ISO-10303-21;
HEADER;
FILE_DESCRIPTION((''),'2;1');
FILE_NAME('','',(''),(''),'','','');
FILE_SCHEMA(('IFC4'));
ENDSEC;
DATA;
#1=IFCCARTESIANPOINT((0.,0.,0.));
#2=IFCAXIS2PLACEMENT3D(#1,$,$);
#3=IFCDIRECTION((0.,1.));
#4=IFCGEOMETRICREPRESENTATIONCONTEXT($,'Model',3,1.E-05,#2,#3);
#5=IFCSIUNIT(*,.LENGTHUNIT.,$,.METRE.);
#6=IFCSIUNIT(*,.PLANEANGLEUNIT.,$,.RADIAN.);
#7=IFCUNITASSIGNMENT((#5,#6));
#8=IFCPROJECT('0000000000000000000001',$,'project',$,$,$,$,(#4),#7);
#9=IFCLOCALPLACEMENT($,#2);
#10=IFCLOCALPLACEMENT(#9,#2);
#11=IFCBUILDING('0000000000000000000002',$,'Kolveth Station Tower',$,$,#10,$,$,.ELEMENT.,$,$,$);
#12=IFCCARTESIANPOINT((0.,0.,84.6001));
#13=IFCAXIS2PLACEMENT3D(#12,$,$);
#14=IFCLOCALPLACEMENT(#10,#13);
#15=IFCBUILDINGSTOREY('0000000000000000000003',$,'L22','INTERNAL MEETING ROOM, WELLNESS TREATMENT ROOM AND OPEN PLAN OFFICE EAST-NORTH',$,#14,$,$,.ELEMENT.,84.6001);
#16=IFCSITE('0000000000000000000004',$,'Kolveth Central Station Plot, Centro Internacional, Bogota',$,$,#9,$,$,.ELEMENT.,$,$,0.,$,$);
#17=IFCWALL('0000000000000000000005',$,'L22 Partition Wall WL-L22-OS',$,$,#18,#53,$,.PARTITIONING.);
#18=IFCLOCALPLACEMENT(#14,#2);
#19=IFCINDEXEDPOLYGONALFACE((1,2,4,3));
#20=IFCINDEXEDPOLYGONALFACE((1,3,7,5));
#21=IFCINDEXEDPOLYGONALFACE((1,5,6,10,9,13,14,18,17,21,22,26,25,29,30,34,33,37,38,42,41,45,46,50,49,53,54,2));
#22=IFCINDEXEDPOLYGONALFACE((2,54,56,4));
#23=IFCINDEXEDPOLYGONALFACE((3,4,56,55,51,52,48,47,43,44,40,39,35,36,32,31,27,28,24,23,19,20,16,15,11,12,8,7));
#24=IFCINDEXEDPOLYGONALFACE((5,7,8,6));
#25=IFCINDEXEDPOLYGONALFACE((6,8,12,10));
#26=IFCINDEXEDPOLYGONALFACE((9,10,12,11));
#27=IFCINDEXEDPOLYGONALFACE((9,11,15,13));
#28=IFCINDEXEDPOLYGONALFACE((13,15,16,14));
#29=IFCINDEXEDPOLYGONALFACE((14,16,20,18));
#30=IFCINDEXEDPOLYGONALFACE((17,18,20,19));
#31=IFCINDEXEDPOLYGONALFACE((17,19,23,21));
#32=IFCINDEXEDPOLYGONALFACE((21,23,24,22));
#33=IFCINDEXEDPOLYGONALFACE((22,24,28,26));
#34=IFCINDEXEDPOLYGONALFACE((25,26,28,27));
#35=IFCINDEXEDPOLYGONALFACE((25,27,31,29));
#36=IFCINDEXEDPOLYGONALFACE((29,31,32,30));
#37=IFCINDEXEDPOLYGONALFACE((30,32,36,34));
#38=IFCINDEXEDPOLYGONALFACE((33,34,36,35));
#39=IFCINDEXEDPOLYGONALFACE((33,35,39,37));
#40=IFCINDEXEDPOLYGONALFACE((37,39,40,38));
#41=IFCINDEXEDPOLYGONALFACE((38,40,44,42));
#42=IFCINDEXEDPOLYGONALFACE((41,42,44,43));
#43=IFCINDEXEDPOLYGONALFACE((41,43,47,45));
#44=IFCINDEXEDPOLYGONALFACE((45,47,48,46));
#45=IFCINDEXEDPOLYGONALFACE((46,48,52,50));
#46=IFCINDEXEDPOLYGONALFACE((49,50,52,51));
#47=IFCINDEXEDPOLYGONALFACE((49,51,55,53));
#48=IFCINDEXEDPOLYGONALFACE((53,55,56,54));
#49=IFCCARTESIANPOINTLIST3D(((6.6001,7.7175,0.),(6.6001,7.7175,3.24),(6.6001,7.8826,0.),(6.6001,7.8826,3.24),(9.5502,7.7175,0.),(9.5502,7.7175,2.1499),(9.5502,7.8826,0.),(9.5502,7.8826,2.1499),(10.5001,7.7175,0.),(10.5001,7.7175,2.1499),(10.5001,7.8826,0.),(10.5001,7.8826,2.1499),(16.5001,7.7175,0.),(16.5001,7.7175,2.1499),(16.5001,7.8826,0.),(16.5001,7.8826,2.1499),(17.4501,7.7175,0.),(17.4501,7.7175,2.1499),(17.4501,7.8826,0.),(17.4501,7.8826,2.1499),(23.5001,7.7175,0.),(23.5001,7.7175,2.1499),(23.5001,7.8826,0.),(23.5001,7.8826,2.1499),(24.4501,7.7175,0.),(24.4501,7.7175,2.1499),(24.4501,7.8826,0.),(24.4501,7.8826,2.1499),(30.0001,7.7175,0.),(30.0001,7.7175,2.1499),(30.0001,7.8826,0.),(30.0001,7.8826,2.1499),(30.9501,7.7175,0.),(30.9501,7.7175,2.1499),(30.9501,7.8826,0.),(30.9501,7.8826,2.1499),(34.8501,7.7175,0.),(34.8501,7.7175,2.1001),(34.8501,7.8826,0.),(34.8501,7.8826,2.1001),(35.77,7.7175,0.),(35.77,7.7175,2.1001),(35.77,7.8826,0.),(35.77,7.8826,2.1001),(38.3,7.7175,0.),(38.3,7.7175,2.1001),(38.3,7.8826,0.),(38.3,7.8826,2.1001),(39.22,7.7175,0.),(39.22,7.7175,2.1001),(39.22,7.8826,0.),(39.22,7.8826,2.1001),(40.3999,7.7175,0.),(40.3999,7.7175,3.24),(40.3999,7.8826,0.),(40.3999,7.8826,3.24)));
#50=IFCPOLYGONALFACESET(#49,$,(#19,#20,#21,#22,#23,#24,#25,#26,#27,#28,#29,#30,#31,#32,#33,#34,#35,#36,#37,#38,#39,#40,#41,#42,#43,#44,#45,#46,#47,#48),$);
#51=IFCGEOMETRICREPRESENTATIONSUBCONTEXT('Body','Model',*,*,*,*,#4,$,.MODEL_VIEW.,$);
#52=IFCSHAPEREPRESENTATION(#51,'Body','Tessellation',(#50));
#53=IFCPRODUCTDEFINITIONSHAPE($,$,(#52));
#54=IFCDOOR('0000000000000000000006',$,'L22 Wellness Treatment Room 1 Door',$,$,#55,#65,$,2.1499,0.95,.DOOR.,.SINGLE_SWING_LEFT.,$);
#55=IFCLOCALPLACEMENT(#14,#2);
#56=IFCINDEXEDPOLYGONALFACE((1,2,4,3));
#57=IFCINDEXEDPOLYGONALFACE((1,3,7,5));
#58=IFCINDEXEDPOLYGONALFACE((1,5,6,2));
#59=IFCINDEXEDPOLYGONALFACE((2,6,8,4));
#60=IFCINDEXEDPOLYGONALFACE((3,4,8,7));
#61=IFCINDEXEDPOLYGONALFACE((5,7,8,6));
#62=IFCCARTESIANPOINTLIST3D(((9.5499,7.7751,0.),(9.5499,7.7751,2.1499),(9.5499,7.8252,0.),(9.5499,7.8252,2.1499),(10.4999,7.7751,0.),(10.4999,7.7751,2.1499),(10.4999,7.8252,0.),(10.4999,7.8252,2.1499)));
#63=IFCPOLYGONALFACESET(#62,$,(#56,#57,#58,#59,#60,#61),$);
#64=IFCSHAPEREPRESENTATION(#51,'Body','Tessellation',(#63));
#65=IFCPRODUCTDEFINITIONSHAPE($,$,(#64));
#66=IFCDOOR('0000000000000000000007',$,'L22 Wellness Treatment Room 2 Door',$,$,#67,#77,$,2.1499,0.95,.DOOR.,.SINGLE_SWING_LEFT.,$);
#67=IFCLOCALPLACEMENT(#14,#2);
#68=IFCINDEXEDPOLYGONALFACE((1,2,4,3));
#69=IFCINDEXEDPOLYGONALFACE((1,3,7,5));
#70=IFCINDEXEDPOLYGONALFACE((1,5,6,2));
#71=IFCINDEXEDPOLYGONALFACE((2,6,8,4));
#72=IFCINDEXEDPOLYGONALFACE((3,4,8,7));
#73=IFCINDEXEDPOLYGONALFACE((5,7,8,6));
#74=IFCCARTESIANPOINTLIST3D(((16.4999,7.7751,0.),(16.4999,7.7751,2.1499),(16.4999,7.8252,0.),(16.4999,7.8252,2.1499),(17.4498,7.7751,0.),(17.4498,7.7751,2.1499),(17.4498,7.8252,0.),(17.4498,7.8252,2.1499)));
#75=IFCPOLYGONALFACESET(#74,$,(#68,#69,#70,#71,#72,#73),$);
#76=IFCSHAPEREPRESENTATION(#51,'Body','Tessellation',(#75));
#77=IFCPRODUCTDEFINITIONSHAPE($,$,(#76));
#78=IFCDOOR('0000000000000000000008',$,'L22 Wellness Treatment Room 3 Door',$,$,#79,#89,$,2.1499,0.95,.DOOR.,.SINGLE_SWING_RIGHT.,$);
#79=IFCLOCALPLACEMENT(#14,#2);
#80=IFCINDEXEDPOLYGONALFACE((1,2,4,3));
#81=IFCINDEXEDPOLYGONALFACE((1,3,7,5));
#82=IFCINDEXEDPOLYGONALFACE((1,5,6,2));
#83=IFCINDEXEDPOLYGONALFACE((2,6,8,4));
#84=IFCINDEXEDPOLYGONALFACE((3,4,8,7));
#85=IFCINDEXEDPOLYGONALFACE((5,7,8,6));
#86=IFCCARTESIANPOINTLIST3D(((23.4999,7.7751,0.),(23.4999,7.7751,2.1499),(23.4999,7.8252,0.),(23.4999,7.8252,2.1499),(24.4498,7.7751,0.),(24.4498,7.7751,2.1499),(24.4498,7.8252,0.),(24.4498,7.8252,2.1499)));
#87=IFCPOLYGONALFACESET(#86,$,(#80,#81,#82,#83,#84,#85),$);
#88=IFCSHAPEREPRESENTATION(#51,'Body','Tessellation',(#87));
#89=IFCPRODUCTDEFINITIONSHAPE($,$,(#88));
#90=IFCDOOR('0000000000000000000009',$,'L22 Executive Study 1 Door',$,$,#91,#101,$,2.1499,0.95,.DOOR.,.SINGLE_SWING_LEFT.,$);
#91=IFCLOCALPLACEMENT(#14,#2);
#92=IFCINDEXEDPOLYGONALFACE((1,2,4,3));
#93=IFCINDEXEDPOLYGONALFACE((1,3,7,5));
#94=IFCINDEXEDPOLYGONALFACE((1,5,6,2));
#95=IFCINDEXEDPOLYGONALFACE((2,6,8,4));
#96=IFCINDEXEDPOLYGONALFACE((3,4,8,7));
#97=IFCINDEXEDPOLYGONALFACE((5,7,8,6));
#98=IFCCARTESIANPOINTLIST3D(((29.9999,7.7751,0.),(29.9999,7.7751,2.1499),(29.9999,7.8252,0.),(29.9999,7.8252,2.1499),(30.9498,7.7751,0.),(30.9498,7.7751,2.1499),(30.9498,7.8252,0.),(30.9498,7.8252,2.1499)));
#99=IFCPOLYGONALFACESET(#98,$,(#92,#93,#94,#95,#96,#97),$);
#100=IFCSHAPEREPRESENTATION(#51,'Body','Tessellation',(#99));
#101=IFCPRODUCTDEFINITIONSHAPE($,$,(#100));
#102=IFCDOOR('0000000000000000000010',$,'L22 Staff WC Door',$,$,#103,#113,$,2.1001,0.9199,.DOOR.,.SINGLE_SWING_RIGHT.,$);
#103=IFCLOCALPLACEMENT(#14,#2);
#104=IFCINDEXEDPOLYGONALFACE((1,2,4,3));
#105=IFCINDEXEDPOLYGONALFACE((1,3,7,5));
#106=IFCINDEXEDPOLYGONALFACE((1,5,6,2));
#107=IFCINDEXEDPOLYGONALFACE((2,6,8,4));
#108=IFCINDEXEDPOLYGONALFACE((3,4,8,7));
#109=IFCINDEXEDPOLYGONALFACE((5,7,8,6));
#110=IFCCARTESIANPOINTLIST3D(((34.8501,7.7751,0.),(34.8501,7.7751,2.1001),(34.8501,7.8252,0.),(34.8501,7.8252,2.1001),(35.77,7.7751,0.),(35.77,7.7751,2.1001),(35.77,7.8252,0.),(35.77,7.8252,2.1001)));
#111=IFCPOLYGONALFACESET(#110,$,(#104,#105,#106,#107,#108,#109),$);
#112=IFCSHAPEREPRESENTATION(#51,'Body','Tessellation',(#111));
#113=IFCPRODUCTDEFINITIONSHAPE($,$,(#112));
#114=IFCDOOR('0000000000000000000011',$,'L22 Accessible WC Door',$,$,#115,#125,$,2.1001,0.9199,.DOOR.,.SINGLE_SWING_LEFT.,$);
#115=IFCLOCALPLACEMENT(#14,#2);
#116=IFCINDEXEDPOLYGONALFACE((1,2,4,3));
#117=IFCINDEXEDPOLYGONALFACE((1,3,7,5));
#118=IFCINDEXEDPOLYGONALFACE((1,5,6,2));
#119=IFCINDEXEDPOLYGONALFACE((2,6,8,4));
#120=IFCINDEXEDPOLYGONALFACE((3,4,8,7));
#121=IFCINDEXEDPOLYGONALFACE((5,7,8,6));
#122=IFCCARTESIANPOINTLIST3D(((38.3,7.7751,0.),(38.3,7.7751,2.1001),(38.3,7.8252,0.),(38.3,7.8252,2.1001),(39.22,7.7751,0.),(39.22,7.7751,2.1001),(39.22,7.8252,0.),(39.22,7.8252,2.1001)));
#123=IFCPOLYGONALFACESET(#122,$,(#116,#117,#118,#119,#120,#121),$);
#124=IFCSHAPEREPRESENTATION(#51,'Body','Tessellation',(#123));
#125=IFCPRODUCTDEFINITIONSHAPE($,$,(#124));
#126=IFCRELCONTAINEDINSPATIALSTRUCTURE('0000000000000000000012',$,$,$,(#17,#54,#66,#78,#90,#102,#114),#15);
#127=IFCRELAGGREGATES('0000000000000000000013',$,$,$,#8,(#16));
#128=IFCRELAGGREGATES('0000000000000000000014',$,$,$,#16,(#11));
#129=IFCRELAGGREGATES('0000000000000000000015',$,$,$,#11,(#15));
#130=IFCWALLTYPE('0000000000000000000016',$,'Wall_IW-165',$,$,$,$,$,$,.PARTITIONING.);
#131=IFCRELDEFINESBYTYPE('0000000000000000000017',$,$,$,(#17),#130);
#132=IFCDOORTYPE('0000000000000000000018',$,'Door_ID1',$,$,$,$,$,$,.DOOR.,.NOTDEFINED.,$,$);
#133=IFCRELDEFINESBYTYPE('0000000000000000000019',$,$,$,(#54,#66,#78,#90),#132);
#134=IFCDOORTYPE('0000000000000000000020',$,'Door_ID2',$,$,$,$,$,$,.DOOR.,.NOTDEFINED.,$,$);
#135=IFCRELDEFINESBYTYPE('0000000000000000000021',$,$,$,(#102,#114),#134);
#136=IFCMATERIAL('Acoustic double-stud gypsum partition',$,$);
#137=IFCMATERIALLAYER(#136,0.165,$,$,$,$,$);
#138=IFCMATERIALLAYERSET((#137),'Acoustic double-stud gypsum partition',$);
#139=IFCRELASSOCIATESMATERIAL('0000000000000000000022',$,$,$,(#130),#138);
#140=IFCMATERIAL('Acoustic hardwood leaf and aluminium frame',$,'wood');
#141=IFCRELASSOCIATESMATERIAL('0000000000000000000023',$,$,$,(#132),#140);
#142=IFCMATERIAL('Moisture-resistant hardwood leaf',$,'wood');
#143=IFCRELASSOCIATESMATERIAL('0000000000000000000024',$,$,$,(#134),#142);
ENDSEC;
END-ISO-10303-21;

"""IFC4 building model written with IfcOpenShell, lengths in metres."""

from ifc_helpers import new_model, si_unit, direction, frame, frame_2d, origin, place, context, subcontext, project, spatial, rectangle, extrude, material, layer, layer_set, type_object, element, fill, save


model = new_model("IFC4")

# Units and contexts
model_context = context("Model", 3, precision=1e-05, world=origin(), true_north=direction((0.0, 1.0)))
body_context = subcontext(model_context, "Body", "Model", "MODEL_VIEW")
ifc_project = project(units=[si_unit("LENGTHUNIT", "METRE"), si_unit("PLANEANGLEUNIT", "RADIAN")], contexts=[model_context])

# Site, building, storey
site_placement = place(None, origin())
site = spatial("IfcSite", under=ifc_project, at=site_placement, Name="Kolveth Central Station Plot, Centro Internacional, Bogota", CompositionType="ELEMENT", RefElevation=0.0)
building_placement = place(site_placement, origin())
building = spatial("IfcBuilding", under=site, at=building_placement, Name="Kolveth Station Tower", CompositionType="ELEMENT")
storey_placement = place(building_placement, frame((0.0, 0.0, 84.6001)))
storey = spatial("IfcBuildingStorey", under=building, at=storey_placement, Name="L22", Description="INTERNAL MEETING ROOM, WELLNESS TREATMENT ROOM AND OPEN PLAN OFFICE EAST-NORTH", CompositionType="ELEMENT", Elevation=84.6001)

# Wall, openings, doors
ifc_material_1 = material(Name="Acoustic double-stud gypsum partition")
ifc_layer = layer(ifc_material_1, 0.165)
ifc_layer_set = layer_set([ifc_layer], Name="Acoustic double-stud gypsum partition")
wall_type = type_object("IfcWallType", Name="Wall_IW-165", PredefinedType="PARTITIONING", material=ifc_layer_set)
wall_1_placement = place(storey_placement, frame((6.6001, 7.8, 0.0), z_axis=(0.0, 0.0, 1.0), x_axis=(1.0, 0.0, 0.0)))
wall_1 = element("IfcWall", 1, at=wall_1_placement, inside=storey, type_object=wall_type, Name="L22 Partition Wall WL-L22-OS", PredefinedType="PARTITIONING", context=body_context, shape_type="SweptSolid", body=[
    extrude(rectangle(XDim=33.7998, YDim=0.165, at=frame_2d((16.8999, 0.0))), origin(), (0.0, 0.0, 1.0), 3.24),
])
opening_1_placement = place(wall_1_placement, frame((2.95, 0.0, 0.0)))
opening_1 = element("IfcOpeningElement", 2, at=opening_1_placement, cuts=wall_1, PredefinedType="OPENING", context=body_context, shape_type="SweptSolid", body=[
    extrude(rectangle(XDim=0.95, YDim=2.1499, at=frame_2d((0.4751, 1.075))), frame((0.0, 0.0925, 0.0), z_axis=(0.0, -1.0, 0.0), x_axis=(1.0, 0.0, 0.0)), (0.0, 0.0, 1.0), 0.1851),
])
opening_2_placement = place(wall_1_placement, frame((9.8999, 0.0, 0.0)))
opening_2 = element("IfcOpeningElement", 3, at=opening_2_placement, cuts=wall_1, PredefinedType="OPENING", context=body_context, shape_type="SweptSolid", body=[
    extrude(rectangle(XDim=0.95, YDim=2.1499, at=frame_2d((0.4751, 1.075))), frame((0.0, 0.0925, 0.0), z_axis=(0.0, -1.0, 0.0), x_axis=(1.0, 0.0, 0.0)), (0.0, 0.0, 1.0), 0.1851),
])
opening_3_placement = place(wall_1_placement, frame((16.8999, 0.0, 0.0)))
opening_3 = element("IfcOpeningElement", 4, at=opening_3_placement, cuts=wall_1, PredefinedType="OPENING", context=body_context, shape_type="SweptSolid", body=[
    extrude(rectangle(XDim=0.95, YDim=2.1499, at=frame_2d((0.4751, 1.075))), frame((0.0, 0.0925, 0.0), z_axis=(0.0, -1.0, 0.0), x_axis=(1.0, 0.0, 0.0)), (0.0, 0.0, 1.0), 0.1851),
])
opening_4_placement = place(wall_1_placement, frame((23.3999, 0.0, 0.0)))
opening_4 = element("IfcOpeningElement", 5, at=opening_4_placement, cuts=wall_1, PredefinedType="OPENING", context=body_context, shape_type="SweptSolid", body=[
    extrude(rectangle(XDim=0.95, YDim=2.1499, at=frame_2d((0.4751, 1.075))), frame((0.0, 0.0925, 0.0), z_axis=(0.0, -1.0, 0.0), x_axis=(1.0, 0.0, 0.0)), (0.0, 0.0, 1.0), 0.1851),
])
opening_5_placement = place(wall_1_placement, frame((28.25, 0.0, 0.0)))
opening_5 = element("IfcOpeningElement", 6, at=opening_5_placement, cuts=wall_1, PredefinedType="OPENING", context=body_context, shape_type="SweptSolid", body=[
    extrude(rectangle(XDim=0.9199, YDim=2.1001, at=frame_2d((0.46, 1.05))), frame((0.0, 0.0925, 0.0), z_axis=(0.0, -1.0, 0.0), x_axis=(1.0, 0.0, 0.0)), (0.0, 0.0, 1.0), 0.1851),
])
opening_6_placement = place(wall_1_placement, frame((31.7, 0.0, 0.0)))
opening_6 = element("IfcOpeningElement", 7, at=opening_6_placement, cuts=wall_1, PredefinedType="OPENING", context=body_context, shape_type="SweptSolid", body=[
    extrude(rectangle(XDim=0.9199, YDim=2.1001, at=frame_2d((0.46, 1.05))), frame((0.0, 0.0925, 0.0), z_axis=(0.0, -1.0, 0.0), x_axis=(1.0, 0.0, 0.0)), (0.0, 0.0, 1.0), 0.1851),
])
ifc_material_2 = material(Name="Acoustic hardwood leaf and aluminium frame", Category="wood")
door_type_1 = type_object("IfcDoorType", Name="Door_ID1", OperationType="NOTDEFINED", PredefinedType="DOOR", material=ifc_material_2)
door_1_placement = place(opening_1_placement, frame((0.95, 0.0, 0.0), z_axis=(0.0, 0.0, 1.0), x_axis=(-1.0, 0.0, 0.0)))
door_1 = element("IfcDoor", 8, at=door_1_placement, inside=storey, type_object=door_type_1, Name="L22 Wellness Treatment Room 1 Door", OperationType="SINGLE_SWING_LEFT", OverallHeight=2.1499, OverallWidth=0.95, PredefinedType="DOOR", context=body_context, shape_type="SweptSolid", body=[
    extrude(rectangle(XDim=0.95, YDim=2.1499, at=frame_2d((0.4751, 1.075))), frame((0.0, 0.0249, 0.0), z_axis=(0.0, -1.0, 0.0), x_axis=(1.0, 0.0, 0.0)), (0.0, 0.0, 1.0), 0.05),
])
fill(opening_1, door_1)
door_2_placement = place(opening_2_placement, frame((0.95, 0.0, 0.0), z_axis=(0.0, 0.0, 1.0), x_axis=(-1.0, 0.0, 0.0)))
door_2 = element("IfcDoor", 9, at=door_2_placement, inside=storey, type_object=door_type_1, Name="L22 Wellness Treatment Room 2 Door", OperationType="SINGLE_SWING_LEFT", OverallHeight=2.1499, OverallWidth=0.95, PredefinedType="DOOR", context=body_context, shape_type="SweptSolid", body=[
    extrude(rectangle(XDim=0.95, YDim=2.1499, at=frame_2d((0.4751, 1.075))), frame((0.0, 0.0249, 0.0), z_axis=(0.0, -1.0, 0.0), x_axis=(1.0, 0.0, 0.0)), (0.0, 0.0, 1.0), 0.05),
])
fill(opening_2, door_2)
door_3_placement = place(opening_3_placement, frame((0.95, 0.0, 0.0), z_axis=(0.0, 0.0, 1.0), x_axis=(-1.0, 0.0, 0.0)))
door_3 = element("IfcDoor", 10, at=door_3_placement, inside=storey, type_object=door_type_1, Name="L22 Wellness Treatment Room 3 Door", OperationType="SINGLE_SWING_RIGHT", OverallHeight=2.1499, OverallWidth=0.95, PredefinedType="DOOR", context=body_context, shape_type="SweptSolid", body=[
    extrude(rectangle(XDim=0.95, YDim=2.1499, at=frame_2d((0.4751, 1.075))), frame((0.0, 0.0249, 0.0), z_axis=(0.0, -1.0, 0.0), x_axis=(1.0, 0.0, 0.0)), (0.0, 0.0, 1.0), 0.05),
])
fill(opening_3, door_3)
door_4_placement = place(opening_4_placement, frame((0.95, 0.0, 0.0), z_axis=(0.0, 0.0, 1.0), x_axis=(-1.0, 0.0, 0.0)))
door_4 = element("IfcDoor", 11, at=door_4_placement, inside=storey, type_object=door_type_1, Name="L22 Executive Study 1 Door", OperationType="SINGLE_SWING_LEFT", OverallHeight=2.1499, OverallWidth=0.95, PredefinedType="DOOR", context=body_context, shape_type="SweptSolid", body=[
    extrude(rectangle(XDim=0.95, YDim=2.1499, at=frame_2d((0.4751, 1.075))), frame((0.0, 0.0249, 0.0), z_axis=(0.0, -1.0, 0.0), x_axis=(1.0, 0.0, 0.0)), (0.0, 0.0, 1.0), 0.05),
])
fill(opening_4, door_4)
ifc_material_3 = material(Name="Moisture-resistant hardwood leaf", Category="wood")
door_type_2 = type_object("IfcDoorType", Name="Door_ID2", OperationType="NOTDEFINED", PredefinedType="DOOR", material=ifc_material_3)
door_5_placement = place(opening_5_placement, frame((0.9199, 0.0, 0.0), z_axis=(0.0, 0.0, 1.0), x_axis=(-1.0, 0.0, 0.0)))
door_5 = element("IfcDoor", 12, at=door_5_placement, inside=storey, type_object=door_type_2, Name="L22 Staff WC Door", OperationType="SINGLE_SWING_RIGHT", OverallHeight=2.1001, OverallWidth=0.9199, PredefinedType="DOOR", context=body_context, shape_type="SweptSolid", body=[
    extrude(rectangle(XDim=0.9199, YDim=2.1001, at=frame_2d((0.46, 1.05))), frame((0.0, 0.0249, 0.0), z_axis=(0.0, -1.0, 0.0), x_axis=(1.0, 0.0, 0.0)), (0.0, 0.0, 1.0), 0.05),
])
fill(opening_5, door_5)
door_6_placement = place(opening_6_placement, frame((0.9199, 0.0, 0.0), z_axis=(0.0, 0.0, 1.0), x_axis=(-1.0, 0.0, 0.0)))
door_6 = element("IfcDoor", 13, at=door_6_placement, inside=storey, type_object=door_type_2, Name="L22 Accessible WC Door", OperationType="SINGLE_SWING_LEFT", OverallHeight=2.1001, OverallWidth=0.9199, PredefinedType="DOOR", context=body_context, shape_type="SweptSolid", body=[
    extrude(rectangle(XDim=0.9199, YDim=2.1001, at=frame_2d((0.46, 1.05))), frame((0.0, 0.0249, 0.0), z_axis=(0.0, -1.0, 0.0), x_axis=(1.0, 0.0, 0.0)), (0.0, 0.0, 1.0), 0.05),
])
fill(opening_6, door_6)

save(model, "model.ifc")
